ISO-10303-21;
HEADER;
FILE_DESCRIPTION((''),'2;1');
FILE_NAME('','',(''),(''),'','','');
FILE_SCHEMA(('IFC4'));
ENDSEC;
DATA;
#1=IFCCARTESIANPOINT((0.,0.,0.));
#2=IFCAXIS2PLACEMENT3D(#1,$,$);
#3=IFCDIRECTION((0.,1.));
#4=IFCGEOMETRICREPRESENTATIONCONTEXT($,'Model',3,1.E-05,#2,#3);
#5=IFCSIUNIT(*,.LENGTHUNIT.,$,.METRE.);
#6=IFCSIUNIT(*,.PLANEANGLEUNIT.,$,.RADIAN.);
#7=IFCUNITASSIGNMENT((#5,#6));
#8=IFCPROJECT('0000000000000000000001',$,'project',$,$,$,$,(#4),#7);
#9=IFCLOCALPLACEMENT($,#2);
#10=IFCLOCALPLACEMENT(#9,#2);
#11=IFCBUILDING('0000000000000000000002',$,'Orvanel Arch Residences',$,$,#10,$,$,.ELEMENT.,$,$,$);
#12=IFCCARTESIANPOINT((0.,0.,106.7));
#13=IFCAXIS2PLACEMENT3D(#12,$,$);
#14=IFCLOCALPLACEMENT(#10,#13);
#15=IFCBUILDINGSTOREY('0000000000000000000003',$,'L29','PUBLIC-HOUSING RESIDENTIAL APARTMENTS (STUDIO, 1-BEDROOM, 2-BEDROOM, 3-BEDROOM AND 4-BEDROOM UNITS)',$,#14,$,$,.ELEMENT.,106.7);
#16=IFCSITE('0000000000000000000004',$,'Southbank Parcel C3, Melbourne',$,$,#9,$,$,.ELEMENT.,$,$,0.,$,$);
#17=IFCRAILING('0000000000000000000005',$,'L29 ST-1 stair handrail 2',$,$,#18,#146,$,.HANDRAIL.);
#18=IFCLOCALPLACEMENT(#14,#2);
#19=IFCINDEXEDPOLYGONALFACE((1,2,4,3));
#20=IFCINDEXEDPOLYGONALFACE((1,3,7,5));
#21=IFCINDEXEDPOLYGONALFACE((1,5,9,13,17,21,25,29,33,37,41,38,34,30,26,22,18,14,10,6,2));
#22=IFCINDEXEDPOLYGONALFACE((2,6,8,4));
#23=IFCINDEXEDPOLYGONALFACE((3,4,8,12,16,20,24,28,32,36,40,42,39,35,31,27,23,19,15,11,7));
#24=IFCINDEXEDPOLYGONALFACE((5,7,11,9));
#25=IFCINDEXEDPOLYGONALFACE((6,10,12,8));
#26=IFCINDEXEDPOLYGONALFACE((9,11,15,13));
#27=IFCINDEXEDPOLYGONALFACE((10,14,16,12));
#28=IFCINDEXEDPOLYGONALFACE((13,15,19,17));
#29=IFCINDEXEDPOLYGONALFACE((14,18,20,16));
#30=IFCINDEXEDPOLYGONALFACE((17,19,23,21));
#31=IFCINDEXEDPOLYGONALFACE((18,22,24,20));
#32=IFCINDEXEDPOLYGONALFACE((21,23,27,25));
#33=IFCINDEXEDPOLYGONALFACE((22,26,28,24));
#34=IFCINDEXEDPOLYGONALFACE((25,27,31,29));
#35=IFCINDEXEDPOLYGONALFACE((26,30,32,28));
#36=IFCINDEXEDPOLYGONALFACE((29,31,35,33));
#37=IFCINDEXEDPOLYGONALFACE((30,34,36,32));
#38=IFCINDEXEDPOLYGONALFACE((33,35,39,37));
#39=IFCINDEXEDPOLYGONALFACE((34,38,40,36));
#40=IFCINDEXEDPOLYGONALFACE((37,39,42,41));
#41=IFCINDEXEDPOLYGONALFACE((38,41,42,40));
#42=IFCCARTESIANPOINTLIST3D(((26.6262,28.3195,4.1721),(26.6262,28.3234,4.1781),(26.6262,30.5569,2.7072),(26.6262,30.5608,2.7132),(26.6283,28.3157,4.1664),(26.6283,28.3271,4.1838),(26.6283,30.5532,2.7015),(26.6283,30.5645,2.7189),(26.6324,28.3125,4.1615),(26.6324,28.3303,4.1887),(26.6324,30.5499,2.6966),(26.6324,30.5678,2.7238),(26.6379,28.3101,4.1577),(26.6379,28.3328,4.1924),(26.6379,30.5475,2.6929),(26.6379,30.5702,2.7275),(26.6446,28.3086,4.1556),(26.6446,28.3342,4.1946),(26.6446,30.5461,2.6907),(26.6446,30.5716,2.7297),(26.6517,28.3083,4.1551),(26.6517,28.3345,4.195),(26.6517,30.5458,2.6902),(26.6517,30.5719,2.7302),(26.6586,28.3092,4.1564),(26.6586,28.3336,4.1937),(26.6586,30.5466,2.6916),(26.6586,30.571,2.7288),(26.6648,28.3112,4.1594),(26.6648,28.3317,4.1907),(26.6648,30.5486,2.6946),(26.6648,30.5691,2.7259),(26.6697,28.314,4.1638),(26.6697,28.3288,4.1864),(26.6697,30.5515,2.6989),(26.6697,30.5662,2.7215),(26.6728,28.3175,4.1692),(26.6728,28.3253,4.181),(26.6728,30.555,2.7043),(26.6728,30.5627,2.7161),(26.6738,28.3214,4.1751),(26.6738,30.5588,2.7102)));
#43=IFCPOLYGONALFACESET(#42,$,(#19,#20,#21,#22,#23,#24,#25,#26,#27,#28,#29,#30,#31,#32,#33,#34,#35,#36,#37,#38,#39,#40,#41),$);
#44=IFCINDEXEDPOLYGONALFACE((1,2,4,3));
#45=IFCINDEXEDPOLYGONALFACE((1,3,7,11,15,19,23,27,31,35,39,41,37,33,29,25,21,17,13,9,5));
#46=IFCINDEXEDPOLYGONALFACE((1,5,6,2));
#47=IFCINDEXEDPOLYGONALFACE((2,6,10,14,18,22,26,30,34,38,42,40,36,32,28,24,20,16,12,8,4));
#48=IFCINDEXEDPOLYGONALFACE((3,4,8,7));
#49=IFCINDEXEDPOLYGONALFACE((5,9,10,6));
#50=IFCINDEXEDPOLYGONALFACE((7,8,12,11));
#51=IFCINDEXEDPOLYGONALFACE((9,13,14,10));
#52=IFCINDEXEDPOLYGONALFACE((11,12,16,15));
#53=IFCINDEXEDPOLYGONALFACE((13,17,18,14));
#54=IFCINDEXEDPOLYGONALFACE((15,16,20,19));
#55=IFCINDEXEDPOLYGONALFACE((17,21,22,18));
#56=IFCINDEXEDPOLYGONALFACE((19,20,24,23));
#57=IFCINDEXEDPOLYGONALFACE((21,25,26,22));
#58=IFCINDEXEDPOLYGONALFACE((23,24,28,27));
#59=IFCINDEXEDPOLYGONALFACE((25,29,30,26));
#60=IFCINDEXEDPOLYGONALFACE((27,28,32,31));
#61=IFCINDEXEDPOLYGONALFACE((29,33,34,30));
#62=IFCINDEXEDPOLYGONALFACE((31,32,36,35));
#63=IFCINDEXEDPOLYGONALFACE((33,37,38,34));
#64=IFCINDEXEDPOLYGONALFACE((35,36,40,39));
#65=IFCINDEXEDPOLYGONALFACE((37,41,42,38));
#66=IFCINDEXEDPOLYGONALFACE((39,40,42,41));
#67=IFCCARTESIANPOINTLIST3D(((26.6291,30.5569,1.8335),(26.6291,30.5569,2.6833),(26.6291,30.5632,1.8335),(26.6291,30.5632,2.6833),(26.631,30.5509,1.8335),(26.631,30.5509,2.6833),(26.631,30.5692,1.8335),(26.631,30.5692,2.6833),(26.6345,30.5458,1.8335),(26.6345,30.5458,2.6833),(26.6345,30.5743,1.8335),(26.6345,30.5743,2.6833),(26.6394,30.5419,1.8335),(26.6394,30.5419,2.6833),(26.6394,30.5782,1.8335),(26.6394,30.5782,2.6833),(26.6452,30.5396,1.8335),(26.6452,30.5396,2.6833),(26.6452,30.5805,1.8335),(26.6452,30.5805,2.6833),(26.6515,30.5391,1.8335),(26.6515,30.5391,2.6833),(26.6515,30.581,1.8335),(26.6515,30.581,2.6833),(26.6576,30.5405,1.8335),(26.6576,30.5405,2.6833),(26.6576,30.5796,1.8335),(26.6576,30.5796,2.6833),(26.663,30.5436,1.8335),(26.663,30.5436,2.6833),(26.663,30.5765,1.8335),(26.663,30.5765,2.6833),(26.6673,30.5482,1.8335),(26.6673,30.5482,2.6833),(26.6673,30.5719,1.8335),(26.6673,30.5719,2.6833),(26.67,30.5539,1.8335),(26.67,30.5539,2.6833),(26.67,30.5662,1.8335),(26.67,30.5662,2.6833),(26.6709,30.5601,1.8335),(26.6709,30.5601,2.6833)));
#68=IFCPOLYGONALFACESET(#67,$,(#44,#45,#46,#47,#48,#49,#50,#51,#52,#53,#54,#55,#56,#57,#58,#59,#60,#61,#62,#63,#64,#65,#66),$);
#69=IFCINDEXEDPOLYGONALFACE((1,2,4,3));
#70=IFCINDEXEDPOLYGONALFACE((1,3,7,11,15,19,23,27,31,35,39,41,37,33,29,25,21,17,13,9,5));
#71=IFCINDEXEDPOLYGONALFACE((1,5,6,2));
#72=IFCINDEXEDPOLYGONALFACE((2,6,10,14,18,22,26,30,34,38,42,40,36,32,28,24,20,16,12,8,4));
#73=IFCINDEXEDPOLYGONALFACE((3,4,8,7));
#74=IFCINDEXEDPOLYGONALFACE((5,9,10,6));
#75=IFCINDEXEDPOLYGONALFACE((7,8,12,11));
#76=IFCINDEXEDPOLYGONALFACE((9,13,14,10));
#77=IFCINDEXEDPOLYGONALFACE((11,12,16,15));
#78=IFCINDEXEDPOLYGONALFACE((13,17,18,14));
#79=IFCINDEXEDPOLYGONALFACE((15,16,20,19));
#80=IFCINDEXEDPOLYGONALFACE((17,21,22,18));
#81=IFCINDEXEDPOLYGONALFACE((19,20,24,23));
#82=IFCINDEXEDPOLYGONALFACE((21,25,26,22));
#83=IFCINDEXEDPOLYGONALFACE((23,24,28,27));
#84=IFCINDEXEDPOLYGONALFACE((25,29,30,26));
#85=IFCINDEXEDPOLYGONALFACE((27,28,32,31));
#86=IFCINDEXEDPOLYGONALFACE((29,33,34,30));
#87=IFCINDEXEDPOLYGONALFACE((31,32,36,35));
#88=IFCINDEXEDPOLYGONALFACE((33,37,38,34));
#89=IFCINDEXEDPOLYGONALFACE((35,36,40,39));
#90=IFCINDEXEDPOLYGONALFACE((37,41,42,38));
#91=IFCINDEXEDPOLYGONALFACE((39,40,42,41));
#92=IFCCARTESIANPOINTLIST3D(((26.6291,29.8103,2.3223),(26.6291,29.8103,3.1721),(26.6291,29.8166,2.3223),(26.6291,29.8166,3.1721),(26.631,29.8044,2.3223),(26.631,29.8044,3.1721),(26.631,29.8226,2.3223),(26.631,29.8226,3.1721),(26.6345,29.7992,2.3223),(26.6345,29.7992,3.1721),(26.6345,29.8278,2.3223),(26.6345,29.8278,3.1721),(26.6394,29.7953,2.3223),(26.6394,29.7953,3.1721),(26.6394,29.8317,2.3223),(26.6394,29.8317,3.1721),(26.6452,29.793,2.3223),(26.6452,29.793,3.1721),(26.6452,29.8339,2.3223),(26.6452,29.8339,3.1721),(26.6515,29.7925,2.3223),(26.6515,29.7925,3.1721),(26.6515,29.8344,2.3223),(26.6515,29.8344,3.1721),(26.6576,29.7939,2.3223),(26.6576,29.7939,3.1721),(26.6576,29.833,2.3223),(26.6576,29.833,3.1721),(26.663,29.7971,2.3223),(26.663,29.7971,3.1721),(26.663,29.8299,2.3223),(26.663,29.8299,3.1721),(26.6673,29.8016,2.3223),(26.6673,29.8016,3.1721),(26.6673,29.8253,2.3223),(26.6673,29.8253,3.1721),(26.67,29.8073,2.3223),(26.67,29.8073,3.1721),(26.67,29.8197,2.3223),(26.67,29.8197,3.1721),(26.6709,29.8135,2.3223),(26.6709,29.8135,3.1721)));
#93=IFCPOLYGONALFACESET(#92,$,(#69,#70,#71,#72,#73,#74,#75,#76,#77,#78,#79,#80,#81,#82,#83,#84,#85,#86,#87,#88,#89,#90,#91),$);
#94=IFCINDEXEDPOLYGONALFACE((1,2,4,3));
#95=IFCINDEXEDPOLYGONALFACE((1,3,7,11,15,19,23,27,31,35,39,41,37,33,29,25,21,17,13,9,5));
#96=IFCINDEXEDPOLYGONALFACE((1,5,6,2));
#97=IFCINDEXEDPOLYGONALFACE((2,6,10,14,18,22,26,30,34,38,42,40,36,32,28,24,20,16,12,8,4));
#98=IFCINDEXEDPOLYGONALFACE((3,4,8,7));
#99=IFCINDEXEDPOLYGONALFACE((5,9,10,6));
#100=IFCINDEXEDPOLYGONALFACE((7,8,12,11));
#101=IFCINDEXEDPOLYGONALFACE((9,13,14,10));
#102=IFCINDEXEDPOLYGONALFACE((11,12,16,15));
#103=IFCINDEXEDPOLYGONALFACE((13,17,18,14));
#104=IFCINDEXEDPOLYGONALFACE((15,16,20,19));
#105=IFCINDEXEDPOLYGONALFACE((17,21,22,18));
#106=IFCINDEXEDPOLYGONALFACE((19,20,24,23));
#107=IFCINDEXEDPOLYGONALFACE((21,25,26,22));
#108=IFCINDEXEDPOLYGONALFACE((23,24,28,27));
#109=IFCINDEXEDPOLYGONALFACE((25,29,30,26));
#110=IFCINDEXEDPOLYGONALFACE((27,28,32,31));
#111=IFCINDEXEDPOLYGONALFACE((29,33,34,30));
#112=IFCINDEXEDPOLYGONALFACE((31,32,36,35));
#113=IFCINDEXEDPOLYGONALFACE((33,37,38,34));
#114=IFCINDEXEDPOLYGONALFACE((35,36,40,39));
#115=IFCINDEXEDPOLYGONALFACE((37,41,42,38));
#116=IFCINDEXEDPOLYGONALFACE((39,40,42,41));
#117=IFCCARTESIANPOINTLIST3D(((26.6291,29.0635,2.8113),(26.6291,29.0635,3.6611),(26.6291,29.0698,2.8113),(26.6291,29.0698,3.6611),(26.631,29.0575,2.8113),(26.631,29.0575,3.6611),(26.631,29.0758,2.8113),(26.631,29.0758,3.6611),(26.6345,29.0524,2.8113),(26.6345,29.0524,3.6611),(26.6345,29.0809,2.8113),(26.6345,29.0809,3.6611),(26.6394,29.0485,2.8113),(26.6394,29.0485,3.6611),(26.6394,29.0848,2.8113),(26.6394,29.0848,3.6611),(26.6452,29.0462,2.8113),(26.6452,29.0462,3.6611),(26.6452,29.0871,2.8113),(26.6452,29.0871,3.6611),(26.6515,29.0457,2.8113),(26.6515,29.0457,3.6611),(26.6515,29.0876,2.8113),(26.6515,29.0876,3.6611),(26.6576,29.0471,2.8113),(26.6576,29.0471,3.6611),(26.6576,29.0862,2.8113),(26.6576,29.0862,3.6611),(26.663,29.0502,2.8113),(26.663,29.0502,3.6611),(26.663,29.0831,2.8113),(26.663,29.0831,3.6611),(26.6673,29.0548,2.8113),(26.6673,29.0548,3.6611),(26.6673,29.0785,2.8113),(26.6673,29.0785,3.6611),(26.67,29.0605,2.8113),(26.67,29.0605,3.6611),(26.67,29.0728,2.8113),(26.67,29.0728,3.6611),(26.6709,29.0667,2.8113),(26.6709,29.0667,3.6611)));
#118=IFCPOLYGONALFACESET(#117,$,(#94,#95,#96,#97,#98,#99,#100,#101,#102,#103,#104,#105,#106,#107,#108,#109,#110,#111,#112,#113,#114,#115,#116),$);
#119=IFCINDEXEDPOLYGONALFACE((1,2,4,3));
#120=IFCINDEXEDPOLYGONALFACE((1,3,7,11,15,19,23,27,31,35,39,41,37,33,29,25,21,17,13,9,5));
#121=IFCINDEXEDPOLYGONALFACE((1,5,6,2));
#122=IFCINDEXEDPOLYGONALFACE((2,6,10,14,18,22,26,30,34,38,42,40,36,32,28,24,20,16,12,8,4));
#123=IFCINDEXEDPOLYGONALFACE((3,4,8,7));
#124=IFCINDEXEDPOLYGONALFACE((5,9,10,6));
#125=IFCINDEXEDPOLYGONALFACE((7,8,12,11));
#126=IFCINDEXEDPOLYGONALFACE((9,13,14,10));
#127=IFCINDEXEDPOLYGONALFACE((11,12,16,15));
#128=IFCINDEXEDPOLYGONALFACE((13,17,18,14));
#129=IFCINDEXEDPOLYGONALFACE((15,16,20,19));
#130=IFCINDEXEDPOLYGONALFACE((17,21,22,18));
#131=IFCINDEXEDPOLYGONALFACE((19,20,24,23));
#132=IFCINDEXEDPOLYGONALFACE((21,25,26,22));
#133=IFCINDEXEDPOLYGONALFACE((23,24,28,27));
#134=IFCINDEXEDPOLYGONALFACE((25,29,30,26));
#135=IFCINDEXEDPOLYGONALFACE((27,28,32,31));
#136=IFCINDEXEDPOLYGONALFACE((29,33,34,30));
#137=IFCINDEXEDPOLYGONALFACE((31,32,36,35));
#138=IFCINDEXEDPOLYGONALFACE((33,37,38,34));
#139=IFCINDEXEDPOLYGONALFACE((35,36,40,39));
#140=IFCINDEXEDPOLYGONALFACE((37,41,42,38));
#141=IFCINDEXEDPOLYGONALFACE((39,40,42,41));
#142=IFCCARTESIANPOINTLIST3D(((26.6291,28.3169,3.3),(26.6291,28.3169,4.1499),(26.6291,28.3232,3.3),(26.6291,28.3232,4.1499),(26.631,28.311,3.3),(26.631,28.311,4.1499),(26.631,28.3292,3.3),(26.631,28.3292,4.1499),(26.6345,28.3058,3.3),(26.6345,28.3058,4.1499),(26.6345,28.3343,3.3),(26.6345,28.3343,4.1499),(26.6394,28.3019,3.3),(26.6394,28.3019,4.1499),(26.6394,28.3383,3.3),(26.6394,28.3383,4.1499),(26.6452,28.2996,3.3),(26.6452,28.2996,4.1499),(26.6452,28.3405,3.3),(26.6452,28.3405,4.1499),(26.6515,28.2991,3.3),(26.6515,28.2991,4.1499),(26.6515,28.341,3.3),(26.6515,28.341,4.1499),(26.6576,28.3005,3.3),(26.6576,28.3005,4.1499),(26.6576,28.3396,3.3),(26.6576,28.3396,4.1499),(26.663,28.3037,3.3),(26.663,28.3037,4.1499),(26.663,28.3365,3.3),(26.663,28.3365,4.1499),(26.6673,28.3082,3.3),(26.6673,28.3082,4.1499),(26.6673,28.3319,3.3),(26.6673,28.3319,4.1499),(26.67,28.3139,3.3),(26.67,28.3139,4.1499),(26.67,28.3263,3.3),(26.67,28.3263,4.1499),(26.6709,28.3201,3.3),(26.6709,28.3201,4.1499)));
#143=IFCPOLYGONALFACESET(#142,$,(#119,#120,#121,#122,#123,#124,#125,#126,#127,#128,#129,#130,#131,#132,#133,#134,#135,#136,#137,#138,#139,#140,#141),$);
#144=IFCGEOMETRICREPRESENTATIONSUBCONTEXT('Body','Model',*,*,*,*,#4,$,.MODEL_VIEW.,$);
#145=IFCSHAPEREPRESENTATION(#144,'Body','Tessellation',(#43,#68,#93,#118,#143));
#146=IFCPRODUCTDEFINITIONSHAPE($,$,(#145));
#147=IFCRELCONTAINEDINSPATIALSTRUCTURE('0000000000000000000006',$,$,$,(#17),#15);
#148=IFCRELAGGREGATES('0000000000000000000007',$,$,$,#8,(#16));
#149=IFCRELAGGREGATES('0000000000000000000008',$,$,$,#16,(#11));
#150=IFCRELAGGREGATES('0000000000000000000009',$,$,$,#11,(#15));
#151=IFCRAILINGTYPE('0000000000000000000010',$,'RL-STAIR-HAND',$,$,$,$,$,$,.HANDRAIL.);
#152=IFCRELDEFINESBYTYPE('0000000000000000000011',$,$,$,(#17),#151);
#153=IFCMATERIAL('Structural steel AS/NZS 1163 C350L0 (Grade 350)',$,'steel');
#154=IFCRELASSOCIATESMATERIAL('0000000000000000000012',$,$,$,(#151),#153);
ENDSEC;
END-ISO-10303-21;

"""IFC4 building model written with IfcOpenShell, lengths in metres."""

from ifc_helpers import new_model, si_unit, direction, frame, origin, origin_2d, place, context, subcontext, project, spatial, circle, extrude, material, type_object, element, save


model = new_model("IFC4")

# Units and contexts
model_context = context("Model", 3, precision=1e-05, world=origin(), true_north=direction((0.0, 1.0)))
body_context = subcontext(model_context, "Body", "Model", "MODEL_VIEW")
ifc_project = project(units=[si_unit("LENGTHUNIT", "METRE"), si_unit("PLANEANGLEUNIT", "RADIAN")], contexts=[model_context])

# Site, building, storey
site_placement = place(None, origin())
site = spatial("IfcSite", under=ifc_project, at=site_placement, Name="Southbank Parcel C3, Melbourne", CompositionType="ELEMENT", RefElevation=0.0)
building_placement = place(site_placement, origin())
building = spatial("IfcBuilding", under=site, at=building_placement, Name="Orvanel Arch Residences", CompositionType="ELEMENT")
storey_placement = place(building_placement, frame((0.0, 0.0, 106.7)))
storey = spatial("IfcBuildingStorey", under=building, at=storey_placement, Name="L29", Description="PUBLIC-HOUSING RESIDENTIAL APARTMENTS (STUDIO, 1-BEDROOM, 2-BEDROOM, 3-BEDROOM AND 4-BEDROOM UNITS)", CompositionType="ELEMENT", Elevation=106.7)

# Railing
ifc_material_1 = material(Name="Structural steel AS/NZS 1163 C350L0 (Grade 350)", Category="steel")
railing_type_1 = type_object("IfcRailingType", Name="RL-STAIR-HAND", PredefinedType="HANDRAIL", material=ifc_material_1)
railing_1_placement = place(storey_placement, frame((26.6499, 30.5601, 1.8335)))
element("IfcRailing", 1, at=railing_1_placement, inside=storey, type_object=railing_type_1, Name="L29 ST-1 stair handrail 2", PredefinedType="HANDRAIL", context=body_context, shape_type="SweptSolid", body=[
    extrude(circle(Radius=0.0239, at=origin_2d()), frame((0.0, -0.0012, 0.8767), z_axis=(0.0, -0.836637, 0.547758), x_axis=(1.0, 0.0, 0.0)), (0.0, 0.0, 1.0), 2.6743),
    extrude(circle(Radius=0.021, at=origin_2d()), origin(), (0.0, 0.0, 1.0), 0.8499),
    extrude(circle(Radius=0.021, at=origin_2d()), frame((0.0, -0.7466, 0.4888)), (0.0, 0.0, 1.0), 0.8499),
    extrude(circle(Radius=0.021, at=origin_2d()), frame((0.0, -1.4934, 0.9778)), (0.0, 0.0, 1.0), 0.8499),
    extrude(circle(Radius=0.021, at=origin_2d()), frame((0.0, -2.24, 1.4666)), (0.0, 0.0, 1.0), 0.8499),
])

save(model, "model.ifc")
